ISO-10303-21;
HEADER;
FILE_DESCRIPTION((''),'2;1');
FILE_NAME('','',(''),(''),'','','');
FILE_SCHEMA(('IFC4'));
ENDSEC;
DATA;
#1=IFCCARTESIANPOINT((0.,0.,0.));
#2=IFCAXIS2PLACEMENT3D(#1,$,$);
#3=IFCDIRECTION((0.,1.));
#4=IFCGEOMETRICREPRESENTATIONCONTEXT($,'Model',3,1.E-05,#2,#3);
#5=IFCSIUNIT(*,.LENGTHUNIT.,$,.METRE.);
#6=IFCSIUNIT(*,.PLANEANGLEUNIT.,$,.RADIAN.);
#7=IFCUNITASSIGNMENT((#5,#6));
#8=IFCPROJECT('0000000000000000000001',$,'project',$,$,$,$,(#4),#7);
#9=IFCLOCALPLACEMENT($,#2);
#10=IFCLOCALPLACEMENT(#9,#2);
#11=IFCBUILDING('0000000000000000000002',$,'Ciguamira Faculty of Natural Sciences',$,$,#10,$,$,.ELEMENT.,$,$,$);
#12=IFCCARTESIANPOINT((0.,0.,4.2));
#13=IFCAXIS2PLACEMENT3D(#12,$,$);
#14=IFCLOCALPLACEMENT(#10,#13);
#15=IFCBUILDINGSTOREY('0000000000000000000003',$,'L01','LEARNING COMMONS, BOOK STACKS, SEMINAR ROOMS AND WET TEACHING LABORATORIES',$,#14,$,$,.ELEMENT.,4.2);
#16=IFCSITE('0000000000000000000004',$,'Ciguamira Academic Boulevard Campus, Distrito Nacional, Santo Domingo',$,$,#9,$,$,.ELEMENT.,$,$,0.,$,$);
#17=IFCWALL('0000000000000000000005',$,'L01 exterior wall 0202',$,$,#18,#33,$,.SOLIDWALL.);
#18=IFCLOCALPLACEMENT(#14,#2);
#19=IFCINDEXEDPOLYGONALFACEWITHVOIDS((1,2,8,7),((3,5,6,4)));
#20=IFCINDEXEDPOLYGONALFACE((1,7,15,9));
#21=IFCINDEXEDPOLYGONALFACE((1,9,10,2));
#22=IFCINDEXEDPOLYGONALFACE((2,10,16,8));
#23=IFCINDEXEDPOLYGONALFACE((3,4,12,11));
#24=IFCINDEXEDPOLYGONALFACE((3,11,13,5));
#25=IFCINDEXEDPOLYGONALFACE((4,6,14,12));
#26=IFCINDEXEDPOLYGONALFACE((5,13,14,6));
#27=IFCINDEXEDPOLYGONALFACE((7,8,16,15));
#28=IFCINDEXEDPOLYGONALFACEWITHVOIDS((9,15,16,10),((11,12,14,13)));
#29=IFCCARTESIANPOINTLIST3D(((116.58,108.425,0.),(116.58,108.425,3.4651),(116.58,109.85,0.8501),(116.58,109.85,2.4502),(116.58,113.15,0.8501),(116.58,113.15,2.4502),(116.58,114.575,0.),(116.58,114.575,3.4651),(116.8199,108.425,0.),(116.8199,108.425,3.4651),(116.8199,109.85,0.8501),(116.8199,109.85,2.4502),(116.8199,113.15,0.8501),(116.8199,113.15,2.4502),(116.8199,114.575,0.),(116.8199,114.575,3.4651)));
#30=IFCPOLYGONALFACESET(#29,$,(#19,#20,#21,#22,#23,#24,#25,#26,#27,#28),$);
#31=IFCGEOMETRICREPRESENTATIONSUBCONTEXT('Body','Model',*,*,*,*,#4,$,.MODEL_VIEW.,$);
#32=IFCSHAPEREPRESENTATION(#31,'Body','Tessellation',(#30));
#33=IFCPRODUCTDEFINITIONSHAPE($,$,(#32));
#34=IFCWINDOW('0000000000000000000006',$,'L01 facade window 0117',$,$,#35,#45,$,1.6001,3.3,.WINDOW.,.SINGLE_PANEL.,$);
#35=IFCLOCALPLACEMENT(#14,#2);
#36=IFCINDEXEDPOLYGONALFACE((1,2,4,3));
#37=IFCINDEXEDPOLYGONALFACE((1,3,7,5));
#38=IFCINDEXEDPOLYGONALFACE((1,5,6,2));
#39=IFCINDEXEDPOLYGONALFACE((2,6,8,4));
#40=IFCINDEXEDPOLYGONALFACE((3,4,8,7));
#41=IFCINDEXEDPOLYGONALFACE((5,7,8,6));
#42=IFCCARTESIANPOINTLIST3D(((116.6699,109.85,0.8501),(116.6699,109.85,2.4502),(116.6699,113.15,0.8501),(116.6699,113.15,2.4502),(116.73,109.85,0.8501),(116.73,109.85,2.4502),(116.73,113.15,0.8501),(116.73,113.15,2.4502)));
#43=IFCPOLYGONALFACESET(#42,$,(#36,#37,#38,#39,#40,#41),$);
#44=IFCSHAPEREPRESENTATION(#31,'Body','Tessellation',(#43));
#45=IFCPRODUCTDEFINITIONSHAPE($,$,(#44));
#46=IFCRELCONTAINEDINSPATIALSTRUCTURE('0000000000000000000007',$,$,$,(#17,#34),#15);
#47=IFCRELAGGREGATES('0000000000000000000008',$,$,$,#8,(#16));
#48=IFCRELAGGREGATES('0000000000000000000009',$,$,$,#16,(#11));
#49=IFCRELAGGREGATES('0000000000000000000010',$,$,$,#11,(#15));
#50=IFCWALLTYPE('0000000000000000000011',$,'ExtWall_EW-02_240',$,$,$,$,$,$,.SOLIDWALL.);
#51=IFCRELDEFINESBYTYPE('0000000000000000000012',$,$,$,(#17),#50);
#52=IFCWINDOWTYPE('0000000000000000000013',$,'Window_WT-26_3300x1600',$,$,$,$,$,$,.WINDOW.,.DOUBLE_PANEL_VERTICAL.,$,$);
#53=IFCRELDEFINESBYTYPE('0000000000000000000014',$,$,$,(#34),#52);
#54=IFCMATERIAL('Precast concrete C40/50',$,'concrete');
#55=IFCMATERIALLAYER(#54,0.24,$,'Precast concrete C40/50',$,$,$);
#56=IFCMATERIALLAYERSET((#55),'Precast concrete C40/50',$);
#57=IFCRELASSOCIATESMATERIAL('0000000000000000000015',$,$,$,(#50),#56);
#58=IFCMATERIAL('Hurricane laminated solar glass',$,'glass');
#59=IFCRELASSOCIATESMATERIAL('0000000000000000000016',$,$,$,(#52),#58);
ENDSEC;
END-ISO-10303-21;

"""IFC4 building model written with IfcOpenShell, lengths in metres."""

from ifc_helpers import new_model, si_unit, direction, frame, frame_2d, origin, place, context, subcontext, project, spatial, rectangle, extrude, material, layer, layer_set, type_object, element, fill, save


model = new_model("IFC4")

# Units and contexts
model_context = context("Model", 3, precision=1e-05, world=origin(), true_north=direction((0.0, 1.0)))
body_context = subcontext(model_context, "Body", "Model", "MODEL_VIEW")
ifc_project = project(units=[si_unit("LENGTHUNIT", "METRE"), si_unit("PLANEANGLEUNIT", "RADIAN")], contexts=[model_context])

# Site, building, storey
site_placement = place(None, origin())
site = spatial("IfcSite", under=ifc_project, at=site_placement, Name="Ciguamira Academic Boulevard Campus, Distrito Nacional, Santo Domingo", CompositionType="ELEMENT", RefElevation=0.0)
building_placement = place(site_placement, origin())
building = spatial("IfcBuilding", under=site, at=building_placement, Name="Ciguamira Faculty of Natural Sciences", CompositionType="ELEMENT")
storey_placement = place(building_placement, frame((0.0, 0.0, 4.2)))
storey = spatial("IfcBuildingStorey", under=building, at=storey_placement, Name="L01", Description="LEARNING COMMONS, BOOK STACKS, SEMINAR ROOMS AND WET TEACHING LABORATORIES", CompositionType="ELEMENT", Elevation=4.2)

# Shared definitions
ifc_material_1 = material(Name="Precast concrete C40/50", Category="concrete")

# Wall, opening, window
ifc_layer_1 = layer(ifc_material_1, 0.24, Name="Precast concrete C40/50")
ifc_layer_set_1 = layer_set([ifc_layer_1], Name="Precast concrete C40/50")
wall_type = type_object("IfcWallType", Name="ExtWall_EW-02_240", PredefinedType="SOLIDWALL", material=ifc_layer_set_1)
ifc_material_2 = material(Name="Hurricane laminated solar glass", Category="glass")
wall_1_placement = place(storey_placement, frame((116.7, 108.425, 0.0), z_axis=(0.0, 0.0, 1.0), x_axis=(0.0, 1.0, 0.0)))
wall_1 = element("IfcWall", 1, at=wall_1_placement, inside=storey, type_object=wall_type, Name="L01 exterior wall 0202", PredefinedType="SOLIDWALL", context=body_context, shape_type="SweptSolid", body=[
    extrude(rectangle(XDim=6.1499, YDim=0.24, at=frame_2d((3.075, 0.0))), origin(), (0.0, 0.0, 1.0), 3.4651),
])
opening_1_placement = place(wall_1_placement, frame((1.425, 0.0, 0.8501)))
opening_1 = element("IfcOpeningElement", 2, at=opening_1_placement, cuts=wall_1, PredefinedType="OPENING", context=body_context, shape_type="SweptSolid", body=[
    extrude(rectangle(XDim=3.3, YDim=1.6001, at=frame_2d((1.6499, 0.8))), frame((0.0, 0.1299, 0.0), z_axis=(0.0, -1.0, 0.0), x_axis=(1.0, 0.0, 0.0)), (0.0, 0.0, 1.0), 0.26),
])
window_type_1 = type_object("IfcWindowType", Name="Window_WT-26_3300x1600", PartitioningType="DOUBLE_PANEL_VERTICAL", PredefinedType="WINDOW", material=ifc_material_2)
window_1_placement = place(opening_1_placement, origin())
window_1 = element("IfcWindow", 3, at=window_1_placement, inside=storey, type_object=window_type_1, Name="L01 facade window 0117", OverallHeight=1.6001, OverallWidth=3.3, PartitioningType="SINGLE_PANEL", PredefinedType="WINDOW", context=body_context, shape_type="SweptSolid", body=[
    extrude(rectangle(XDim=3.3, YDim=1.6001, at=frame_2d((1.6499, 0.8))), frame((0.0, 0.03, 0.0), z_axis=(0.0, -1.0, 0.0), x_axis=(1.0, 0.0, 0.0)), (0.0, 0.0, 1.0), 0.0601),
])
fill(opening_1, window_1)

save(model, "model.ifc")
